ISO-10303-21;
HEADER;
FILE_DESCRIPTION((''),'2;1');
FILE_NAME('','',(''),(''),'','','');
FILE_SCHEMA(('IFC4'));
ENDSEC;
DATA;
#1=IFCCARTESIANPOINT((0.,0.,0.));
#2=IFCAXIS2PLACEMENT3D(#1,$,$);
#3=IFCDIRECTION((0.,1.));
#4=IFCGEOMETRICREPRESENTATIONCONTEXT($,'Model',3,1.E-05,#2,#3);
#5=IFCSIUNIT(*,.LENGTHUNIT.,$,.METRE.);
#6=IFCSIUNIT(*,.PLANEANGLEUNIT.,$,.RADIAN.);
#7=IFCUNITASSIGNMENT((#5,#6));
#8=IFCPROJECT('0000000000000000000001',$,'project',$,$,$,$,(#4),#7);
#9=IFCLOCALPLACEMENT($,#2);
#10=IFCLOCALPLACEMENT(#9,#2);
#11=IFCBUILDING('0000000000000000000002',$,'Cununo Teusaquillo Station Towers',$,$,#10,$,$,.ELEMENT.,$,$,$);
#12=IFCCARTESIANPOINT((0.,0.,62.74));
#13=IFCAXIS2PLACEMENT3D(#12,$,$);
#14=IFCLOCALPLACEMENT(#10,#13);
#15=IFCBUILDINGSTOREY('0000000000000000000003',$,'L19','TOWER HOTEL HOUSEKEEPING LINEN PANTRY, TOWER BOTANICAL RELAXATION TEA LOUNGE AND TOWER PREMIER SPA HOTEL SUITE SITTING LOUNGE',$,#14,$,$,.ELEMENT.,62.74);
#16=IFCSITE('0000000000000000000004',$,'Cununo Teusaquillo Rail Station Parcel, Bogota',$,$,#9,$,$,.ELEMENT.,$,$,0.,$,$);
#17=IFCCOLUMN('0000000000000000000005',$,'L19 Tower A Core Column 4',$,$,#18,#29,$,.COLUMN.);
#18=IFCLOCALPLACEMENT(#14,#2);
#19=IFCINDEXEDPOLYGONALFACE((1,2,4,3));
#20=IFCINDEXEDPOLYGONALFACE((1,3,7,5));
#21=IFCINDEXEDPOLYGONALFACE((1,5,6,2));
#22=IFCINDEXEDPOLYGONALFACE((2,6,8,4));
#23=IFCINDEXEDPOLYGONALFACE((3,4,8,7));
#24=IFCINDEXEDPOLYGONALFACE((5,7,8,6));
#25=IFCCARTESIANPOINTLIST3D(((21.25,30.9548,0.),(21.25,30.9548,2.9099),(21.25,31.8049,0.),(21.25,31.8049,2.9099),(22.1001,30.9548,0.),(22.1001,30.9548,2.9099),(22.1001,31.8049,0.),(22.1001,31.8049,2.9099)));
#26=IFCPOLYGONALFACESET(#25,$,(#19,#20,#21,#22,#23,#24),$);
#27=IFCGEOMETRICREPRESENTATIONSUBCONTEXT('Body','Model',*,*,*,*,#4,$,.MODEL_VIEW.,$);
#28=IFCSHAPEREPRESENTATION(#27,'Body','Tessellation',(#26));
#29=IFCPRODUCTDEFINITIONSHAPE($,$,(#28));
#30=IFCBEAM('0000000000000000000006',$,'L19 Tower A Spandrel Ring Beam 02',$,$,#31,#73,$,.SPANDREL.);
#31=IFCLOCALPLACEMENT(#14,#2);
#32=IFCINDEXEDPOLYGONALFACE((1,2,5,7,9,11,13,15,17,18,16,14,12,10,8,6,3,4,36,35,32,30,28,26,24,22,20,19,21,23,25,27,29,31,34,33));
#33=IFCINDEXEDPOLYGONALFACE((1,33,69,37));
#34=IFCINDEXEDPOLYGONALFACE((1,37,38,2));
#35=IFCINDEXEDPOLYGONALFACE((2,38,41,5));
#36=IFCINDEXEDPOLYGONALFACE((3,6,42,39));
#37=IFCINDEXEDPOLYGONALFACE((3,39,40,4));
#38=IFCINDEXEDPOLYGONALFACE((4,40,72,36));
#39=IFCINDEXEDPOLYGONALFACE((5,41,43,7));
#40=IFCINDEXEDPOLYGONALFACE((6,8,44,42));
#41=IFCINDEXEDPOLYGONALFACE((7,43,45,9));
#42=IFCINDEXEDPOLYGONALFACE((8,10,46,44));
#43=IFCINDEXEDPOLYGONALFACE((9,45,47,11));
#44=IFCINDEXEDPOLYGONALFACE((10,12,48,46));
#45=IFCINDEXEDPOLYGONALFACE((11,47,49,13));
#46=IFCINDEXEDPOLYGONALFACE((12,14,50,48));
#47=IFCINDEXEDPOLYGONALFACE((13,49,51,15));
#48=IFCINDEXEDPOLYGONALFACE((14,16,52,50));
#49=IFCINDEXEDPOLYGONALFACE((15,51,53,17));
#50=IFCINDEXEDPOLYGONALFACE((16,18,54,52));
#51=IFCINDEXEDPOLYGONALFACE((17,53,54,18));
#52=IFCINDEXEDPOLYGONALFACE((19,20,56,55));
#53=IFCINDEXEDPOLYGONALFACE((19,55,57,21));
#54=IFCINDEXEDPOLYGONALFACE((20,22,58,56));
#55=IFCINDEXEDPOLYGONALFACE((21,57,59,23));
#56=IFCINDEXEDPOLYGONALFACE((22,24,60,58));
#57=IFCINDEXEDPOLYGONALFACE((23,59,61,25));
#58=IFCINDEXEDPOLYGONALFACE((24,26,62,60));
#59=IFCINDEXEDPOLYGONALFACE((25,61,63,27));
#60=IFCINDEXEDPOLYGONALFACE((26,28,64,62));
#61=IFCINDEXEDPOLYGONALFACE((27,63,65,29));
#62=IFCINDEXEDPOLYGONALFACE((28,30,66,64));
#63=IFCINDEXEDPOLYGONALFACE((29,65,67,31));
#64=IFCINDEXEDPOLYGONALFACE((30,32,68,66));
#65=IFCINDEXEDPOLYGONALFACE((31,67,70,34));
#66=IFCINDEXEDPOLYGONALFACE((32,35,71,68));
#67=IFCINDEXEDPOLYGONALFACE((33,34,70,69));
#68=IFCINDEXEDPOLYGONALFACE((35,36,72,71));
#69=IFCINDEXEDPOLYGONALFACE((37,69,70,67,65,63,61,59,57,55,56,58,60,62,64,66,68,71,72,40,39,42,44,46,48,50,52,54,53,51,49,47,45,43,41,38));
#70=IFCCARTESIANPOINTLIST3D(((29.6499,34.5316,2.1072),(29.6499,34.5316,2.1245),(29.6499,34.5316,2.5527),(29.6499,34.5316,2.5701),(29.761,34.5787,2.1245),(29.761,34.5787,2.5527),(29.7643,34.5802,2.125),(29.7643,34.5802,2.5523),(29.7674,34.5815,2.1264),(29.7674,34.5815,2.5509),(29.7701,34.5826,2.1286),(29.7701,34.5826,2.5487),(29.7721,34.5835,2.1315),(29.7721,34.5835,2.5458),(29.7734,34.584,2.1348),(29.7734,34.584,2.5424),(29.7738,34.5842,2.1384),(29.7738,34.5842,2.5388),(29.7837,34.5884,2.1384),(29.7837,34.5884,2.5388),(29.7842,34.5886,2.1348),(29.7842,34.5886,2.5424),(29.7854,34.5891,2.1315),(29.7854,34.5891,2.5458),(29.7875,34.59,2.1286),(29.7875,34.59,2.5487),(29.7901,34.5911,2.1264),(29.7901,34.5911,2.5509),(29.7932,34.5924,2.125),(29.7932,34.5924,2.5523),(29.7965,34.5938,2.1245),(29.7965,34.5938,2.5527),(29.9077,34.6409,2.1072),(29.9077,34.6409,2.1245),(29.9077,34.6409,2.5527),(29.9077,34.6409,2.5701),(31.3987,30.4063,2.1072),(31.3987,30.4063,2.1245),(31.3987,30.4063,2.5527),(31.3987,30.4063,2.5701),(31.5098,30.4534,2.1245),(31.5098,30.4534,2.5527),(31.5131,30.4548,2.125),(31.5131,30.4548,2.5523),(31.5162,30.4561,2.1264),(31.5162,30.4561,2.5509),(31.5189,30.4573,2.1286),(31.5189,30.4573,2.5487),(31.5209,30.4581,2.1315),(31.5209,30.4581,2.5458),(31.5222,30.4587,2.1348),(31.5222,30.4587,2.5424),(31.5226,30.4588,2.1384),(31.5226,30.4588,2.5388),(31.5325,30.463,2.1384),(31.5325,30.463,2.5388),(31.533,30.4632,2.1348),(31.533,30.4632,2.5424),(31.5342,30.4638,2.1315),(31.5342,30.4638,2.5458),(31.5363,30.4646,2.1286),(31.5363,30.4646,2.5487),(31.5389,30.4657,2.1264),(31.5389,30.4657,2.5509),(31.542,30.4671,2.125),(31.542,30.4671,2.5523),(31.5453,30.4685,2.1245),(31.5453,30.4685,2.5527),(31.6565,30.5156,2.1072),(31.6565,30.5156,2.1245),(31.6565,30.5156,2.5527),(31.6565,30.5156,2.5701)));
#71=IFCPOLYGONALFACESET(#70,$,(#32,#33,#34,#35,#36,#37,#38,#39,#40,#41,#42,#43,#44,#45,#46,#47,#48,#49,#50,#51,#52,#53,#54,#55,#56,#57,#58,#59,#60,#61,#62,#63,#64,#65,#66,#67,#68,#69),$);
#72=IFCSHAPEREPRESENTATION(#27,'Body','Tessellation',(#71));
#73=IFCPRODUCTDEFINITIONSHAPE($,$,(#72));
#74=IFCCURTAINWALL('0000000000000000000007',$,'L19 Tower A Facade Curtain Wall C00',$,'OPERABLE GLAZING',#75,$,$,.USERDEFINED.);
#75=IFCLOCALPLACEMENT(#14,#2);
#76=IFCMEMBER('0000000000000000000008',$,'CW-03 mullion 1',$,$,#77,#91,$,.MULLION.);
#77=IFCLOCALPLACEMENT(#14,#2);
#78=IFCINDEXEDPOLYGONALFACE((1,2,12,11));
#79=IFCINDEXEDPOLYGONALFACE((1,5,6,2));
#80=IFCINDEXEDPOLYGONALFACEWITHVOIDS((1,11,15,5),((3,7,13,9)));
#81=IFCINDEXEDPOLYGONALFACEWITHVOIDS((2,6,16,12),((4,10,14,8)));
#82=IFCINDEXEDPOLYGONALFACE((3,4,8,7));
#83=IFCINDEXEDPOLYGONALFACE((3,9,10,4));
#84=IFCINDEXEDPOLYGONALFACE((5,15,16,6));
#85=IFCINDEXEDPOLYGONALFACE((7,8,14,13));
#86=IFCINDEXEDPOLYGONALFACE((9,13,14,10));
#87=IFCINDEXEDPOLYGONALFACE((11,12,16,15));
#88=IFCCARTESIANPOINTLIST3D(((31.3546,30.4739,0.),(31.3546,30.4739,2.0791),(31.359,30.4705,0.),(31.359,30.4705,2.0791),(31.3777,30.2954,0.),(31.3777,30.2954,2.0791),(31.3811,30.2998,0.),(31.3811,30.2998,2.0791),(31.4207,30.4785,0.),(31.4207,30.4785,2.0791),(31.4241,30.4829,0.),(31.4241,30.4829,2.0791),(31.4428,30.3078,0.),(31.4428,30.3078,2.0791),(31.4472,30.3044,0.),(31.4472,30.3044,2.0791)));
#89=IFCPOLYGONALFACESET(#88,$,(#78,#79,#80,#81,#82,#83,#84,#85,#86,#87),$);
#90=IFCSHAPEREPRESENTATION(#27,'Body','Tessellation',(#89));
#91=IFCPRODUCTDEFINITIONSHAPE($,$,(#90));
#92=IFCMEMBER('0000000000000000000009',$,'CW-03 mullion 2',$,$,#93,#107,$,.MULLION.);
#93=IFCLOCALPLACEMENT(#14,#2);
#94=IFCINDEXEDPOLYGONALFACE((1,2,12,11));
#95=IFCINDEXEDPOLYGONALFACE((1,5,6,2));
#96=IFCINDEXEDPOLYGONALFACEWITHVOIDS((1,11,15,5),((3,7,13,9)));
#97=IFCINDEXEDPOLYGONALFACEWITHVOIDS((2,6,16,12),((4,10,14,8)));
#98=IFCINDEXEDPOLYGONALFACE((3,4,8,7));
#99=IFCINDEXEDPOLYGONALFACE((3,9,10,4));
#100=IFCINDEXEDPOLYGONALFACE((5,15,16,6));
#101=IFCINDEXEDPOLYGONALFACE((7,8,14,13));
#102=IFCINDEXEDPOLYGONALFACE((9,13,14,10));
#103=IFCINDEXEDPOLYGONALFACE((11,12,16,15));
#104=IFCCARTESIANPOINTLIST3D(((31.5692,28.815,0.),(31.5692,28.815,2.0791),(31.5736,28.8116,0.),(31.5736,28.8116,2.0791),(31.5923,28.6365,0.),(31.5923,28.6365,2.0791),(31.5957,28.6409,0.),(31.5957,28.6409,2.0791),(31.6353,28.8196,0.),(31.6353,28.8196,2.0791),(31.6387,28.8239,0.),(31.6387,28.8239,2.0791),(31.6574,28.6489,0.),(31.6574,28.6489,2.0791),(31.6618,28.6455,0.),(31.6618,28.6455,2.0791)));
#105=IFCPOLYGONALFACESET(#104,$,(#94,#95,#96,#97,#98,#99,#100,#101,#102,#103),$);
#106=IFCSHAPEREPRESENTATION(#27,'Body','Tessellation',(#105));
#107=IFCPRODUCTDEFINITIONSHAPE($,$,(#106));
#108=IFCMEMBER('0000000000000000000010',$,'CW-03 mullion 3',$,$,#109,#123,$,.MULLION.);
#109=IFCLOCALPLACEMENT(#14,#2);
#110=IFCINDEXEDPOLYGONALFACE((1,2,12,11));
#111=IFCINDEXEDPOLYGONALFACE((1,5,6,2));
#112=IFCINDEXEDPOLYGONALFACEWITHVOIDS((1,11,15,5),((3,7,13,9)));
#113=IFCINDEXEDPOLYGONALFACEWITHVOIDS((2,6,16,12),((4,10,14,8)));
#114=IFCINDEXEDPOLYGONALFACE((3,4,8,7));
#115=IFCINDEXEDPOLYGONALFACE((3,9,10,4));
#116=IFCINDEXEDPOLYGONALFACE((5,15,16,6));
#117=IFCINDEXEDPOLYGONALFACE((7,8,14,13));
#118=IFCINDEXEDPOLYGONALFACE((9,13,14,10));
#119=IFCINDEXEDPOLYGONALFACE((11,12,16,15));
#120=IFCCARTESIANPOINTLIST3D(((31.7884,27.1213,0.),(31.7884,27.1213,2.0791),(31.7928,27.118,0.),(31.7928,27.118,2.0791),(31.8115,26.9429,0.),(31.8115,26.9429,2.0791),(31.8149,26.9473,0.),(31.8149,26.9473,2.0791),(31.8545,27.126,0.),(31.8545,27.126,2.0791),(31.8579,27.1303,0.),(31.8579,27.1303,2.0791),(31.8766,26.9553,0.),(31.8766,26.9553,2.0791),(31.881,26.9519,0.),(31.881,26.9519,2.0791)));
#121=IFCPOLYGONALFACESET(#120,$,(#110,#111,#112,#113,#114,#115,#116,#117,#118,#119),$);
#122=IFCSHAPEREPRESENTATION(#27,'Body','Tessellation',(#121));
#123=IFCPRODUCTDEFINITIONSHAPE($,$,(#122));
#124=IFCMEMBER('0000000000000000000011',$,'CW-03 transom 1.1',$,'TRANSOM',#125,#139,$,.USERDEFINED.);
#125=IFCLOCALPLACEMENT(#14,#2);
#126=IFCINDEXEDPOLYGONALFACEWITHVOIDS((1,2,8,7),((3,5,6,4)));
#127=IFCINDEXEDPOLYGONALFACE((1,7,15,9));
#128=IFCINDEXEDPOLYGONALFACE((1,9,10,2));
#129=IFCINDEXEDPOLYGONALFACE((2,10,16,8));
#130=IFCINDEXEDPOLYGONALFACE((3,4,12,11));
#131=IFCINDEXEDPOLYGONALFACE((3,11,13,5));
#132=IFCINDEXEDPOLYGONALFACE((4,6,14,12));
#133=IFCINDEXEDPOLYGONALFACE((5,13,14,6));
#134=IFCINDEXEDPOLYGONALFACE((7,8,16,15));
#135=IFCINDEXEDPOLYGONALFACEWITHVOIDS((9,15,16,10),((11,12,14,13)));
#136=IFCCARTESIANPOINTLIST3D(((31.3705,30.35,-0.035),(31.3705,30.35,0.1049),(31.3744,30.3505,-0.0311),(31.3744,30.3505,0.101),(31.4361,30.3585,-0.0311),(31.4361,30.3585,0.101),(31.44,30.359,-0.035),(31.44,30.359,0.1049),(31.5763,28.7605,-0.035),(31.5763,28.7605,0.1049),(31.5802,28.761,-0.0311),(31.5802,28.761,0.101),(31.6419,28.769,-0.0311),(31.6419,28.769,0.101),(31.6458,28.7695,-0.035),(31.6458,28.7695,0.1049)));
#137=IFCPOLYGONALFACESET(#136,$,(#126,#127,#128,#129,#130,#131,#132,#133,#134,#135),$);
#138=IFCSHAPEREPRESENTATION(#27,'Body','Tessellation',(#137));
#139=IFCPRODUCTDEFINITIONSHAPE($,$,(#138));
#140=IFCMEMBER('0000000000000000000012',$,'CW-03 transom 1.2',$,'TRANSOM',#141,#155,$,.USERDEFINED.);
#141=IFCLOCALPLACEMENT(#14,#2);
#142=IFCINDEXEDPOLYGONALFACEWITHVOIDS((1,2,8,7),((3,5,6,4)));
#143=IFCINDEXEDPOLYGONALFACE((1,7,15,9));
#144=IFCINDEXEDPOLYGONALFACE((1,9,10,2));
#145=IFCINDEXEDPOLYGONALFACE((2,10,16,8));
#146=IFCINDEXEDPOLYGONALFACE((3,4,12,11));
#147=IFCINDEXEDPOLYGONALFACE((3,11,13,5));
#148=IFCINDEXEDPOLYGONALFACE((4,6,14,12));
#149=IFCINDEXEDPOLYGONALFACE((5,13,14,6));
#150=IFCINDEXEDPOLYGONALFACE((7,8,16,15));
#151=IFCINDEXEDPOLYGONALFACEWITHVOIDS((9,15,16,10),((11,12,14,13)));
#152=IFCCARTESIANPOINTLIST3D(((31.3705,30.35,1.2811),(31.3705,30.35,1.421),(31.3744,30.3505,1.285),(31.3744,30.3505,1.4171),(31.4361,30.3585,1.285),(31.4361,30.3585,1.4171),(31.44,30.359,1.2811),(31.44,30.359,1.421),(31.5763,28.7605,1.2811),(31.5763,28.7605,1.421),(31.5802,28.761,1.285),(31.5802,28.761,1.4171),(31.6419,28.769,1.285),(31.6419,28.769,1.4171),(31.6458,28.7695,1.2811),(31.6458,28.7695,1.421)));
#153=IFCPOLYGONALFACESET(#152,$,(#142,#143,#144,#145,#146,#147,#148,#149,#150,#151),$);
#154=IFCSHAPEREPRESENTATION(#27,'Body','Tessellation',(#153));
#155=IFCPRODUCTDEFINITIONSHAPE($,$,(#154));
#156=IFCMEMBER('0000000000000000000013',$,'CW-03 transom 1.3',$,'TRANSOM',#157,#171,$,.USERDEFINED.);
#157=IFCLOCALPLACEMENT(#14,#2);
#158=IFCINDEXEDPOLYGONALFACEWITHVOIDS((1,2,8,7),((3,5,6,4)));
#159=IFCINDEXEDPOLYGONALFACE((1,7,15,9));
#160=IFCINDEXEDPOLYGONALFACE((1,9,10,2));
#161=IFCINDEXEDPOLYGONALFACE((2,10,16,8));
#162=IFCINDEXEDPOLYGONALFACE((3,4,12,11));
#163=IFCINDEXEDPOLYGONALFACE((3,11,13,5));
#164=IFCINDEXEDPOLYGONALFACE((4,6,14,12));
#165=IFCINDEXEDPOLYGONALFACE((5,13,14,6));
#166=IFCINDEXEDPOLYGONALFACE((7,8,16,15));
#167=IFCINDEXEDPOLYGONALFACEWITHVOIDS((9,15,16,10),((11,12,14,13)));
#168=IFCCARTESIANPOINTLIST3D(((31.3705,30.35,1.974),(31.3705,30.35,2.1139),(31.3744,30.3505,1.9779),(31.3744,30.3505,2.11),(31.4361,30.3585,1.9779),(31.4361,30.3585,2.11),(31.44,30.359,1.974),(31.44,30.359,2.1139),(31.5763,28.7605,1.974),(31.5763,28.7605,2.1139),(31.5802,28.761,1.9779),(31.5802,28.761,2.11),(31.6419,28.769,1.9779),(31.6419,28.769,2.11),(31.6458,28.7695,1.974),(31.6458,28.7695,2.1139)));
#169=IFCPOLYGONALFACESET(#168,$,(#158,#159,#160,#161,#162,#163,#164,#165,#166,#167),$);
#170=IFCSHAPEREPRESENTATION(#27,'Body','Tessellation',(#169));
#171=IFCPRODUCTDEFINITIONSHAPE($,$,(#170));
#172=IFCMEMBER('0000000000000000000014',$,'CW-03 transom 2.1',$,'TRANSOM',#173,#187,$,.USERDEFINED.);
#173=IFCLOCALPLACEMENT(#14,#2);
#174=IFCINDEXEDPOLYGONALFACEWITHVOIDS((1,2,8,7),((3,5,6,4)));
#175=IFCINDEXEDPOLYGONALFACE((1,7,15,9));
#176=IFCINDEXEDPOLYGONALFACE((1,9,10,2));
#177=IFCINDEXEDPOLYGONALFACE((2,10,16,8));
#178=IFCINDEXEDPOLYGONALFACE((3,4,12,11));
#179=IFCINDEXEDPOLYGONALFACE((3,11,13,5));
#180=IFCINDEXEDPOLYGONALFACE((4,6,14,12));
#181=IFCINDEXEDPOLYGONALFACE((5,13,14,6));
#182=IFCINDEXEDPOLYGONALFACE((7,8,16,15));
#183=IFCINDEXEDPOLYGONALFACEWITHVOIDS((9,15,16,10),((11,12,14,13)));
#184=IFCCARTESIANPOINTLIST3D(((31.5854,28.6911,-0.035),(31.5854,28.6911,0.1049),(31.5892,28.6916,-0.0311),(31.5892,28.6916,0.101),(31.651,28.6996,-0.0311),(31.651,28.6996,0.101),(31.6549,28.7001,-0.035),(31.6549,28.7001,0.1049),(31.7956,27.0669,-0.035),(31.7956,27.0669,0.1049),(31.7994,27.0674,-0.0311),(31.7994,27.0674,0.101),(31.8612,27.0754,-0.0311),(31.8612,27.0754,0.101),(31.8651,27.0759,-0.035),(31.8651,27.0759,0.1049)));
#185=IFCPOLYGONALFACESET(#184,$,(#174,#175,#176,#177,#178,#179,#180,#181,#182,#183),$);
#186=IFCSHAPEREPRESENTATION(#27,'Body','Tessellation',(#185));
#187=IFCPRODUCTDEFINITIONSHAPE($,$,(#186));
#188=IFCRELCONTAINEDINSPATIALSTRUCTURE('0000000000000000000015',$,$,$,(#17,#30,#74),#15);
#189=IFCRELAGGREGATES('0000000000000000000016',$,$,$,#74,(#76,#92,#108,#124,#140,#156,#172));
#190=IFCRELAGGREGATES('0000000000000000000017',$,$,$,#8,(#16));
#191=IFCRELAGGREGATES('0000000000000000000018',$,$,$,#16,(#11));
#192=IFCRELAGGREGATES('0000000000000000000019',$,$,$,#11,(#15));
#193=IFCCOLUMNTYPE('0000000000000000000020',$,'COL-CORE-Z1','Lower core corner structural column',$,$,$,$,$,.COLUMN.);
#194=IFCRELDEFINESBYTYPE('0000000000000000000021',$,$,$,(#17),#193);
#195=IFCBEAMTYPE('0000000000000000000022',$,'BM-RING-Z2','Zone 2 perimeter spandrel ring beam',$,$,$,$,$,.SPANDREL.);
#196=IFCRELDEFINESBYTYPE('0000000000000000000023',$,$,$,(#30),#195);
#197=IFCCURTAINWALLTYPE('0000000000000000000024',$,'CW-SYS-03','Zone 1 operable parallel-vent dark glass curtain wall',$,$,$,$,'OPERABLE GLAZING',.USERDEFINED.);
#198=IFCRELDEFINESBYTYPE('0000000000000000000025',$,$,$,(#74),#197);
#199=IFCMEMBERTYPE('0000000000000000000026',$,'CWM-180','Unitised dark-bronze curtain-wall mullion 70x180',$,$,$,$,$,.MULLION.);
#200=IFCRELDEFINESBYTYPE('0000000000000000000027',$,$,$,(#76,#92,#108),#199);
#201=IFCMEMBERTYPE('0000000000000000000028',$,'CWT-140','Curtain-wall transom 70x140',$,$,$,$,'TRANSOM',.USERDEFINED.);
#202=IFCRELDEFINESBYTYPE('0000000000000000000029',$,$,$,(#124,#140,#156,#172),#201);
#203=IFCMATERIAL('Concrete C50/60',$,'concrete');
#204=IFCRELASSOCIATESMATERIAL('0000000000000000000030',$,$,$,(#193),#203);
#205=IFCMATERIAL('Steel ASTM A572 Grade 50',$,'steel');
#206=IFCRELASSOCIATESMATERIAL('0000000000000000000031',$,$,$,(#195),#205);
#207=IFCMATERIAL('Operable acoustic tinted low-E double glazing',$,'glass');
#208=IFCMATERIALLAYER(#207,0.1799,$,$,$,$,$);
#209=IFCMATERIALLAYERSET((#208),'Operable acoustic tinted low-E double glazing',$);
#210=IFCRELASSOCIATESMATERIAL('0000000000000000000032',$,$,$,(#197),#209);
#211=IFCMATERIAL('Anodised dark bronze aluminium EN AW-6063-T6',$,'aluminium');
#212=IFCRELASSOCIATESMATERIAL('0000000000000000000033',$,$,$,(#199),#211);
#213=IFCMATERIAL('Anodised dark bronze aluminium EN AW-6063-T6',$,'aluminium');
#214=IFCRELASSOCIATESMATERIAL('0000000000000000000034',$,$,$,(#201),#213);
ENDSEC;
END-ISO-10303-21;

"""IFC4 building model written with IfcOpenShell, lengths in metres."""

from ifc_helpers import new_model, si_unit, direction, frame, origin, origin_2d, place, context, subcontext, project, spatial, rectangle, hollow_rectangle, i_section, extrude, material, layer, layer_set, material_profile, profile_set, type_object, element, aggregate, save


model = new_model("IFC4")

# Units and contexts
model_context = context("Model", 3, precision=1e-05, world=origin(), true_north=direction((0.0, 1.0)))
body_context = subcontext(model_context, "Body", "Model", "MODEL_VIEW")
ifc_project = project(units=[si_unit("LENGTHUNIT", "METRE"), si_unit("PLANEANGLEUNIT", "RADIAN")], contexts=[model_context])

# Site, building, storey
site_placement = place(None, origin())
site = spatial("IfcSite", under=ifc_project, at=site_placement, Name="Cununo Teusaquillo Rail Station Parcel, Bogota", CompositionType="ELEMENT", RefElevation=0.0)
building_placement = place(site_placement, origin())
building = spatial("IfcBuilding", under=site, at=building_placement, Name="Cununo Teusaquillo Station Towers", CompositionType="ELEMENT")
storey_placement = place(building_placement, frame((0.0, 0.0, 62.74)))
storey = spatial("IfcBuildingStorey", under=building, at=storey_placement, Name="L19", Description="TOWER HOTEL HOUSEKEEPING LINEN PANTRY, TOWER BOTANICAL RELAXATION TEA LOUNGE AND TOWER PREMIER SPA HOTEL SUITE SITTING LOUNGE", CompositionType="ELEMENT", Elevation=62.74)

# Column
ifc_material_1 = material(Name="Concrete C50/60", Category="concrete")
ifc_material_profile_1 = material_profile(ifc_material_1, rectangle(XDim=0.8501, YDim=0.8501, at=origin_2d()), Name="RC-RECT-850x850")
ifc_profile_set_1 = profile_set([ifc_material_profile_1], Name="Concrete C50/60")
column_type = type_object("IfcColumnType", Name="COL-CORE-Z1", Description="Lower core corner structural column", PredefinedType="COLUMN", material=ifc_profile_set_1)
column_placement = place(storey_placement, frame((21.675, 31.3799, 0.0), z_axis=(0.0, 0.0, 1.0), x_axis=(1.0, 0.0, 0.0)))
element("IfcColumn", 1, at=column_placement, inside=storey, type_object=column_type, Name="L19 Tower A Core Column 4", PredefinedType="COLUMN", context=body_context, shape_type="SweptSolid", body=[
    extrude(rectangle(XDim=0.8501, YDim=0.8501, at=origin_2d()), origin(), (0.0, 0.0, 1.0), 2.9099),
])

# Beam
ifc_material_2 = material(Name="Steel ASTM A572 Grade 50", Category="steel")
ifc_material_profile_2 = material_profile(ifc_material_2, i_section(OverallWidth=0.28, OverallDepth=0.4629, WebThickness=0.0107, FlangeThickness=0.0173, FilletRadius=0.0139, at=origin_2d()), Name="W18X76")
ifc_profile_set_2 = profile_set([ifc_material_profile_2], Name="Steel ASTM A572 Grade 50")
beam_type = type_object("IfcBeamType", Name="BM-RING-Z2", Description="Zone 2 perimeter spandrel ring beam", PredefinedType="SPANDREL", material=ifc_profile_set_2)
beam_placement = place(storey_placement, frame((31.5276, 30.4609, 2.3386), z_axis=(-0.390299, 0.920688, 0.0), x_axis=(-0.920688, -0.390299, 0.0)))
element("IfcBeam", 2, at=beam_placement, inside=storey, type_object=beam_type, Name="L19 Tower A Spandrel Ring Beam 02", PredefinedType="SPANDREL", context=body_context, shape_type="SweptSolid", body=[
    extrude(i_section(OverallWidth=0.28, OverallDepth=0.4629, WebThickness=0.0107, FlangeThickness=0.0173, FilletRadius=0.0139, at=origin_2d()), origin(), (0.0, 0.0, 1.0), 4.4807),
])

# Curtain wall, members
ifc_material_3 = material(Name="Operable acoustic tinted low-E double glazing", Category="glass")
ifc_layer_1 = layer(ifc_material_3, 0.1799)
ifc_layer_set_1 = layer_set([ifc_layer_1], Name="Operable acoustic tinted low-E double glazing")
curtain_wall_type = type_object("IfcCurtainWallType", Name="CW-SYS-03", Description="Zone 1 operable parallel-vent dark glass curtain wall", ElementType="OPERABLE GLAZING", PredefinedType="USERDEFINED", material=ifc_layer_set_1)
curtain_wall_placement = place(storey_placement, origin())
curtain_wall = element("IfcCurtainWall", 3, at=curtain_wall_placement, inside=storey, type_object=curtain_wall_type, Name="L19 Tower A Facade Curtain Wall C00", ObjectType="OPERABLE GLAZING", PredefinedType="USERDEFINED")
ifc_material_4 = material(Name="Anodised dark bronze aluminium EN AW-6063-T6", Category="aluminium")
ifc_material_profile_3 = material_profile(ifc_material_4, hollow_rectangle(XDim=0.0701, YDim=0.1799, WallThickness=0.0039, at=origin_2d()), Name="CW-MULL-70x180")
ifc_profile_set_3 = profile_set([ifc_material_profile_3], Name="Anodised dark bronze aluminium EN AW-6063-T6")
member_type_1 = type_object("IfcMemberType", Name="CWM-180", Description="Unitised dark-bronze curtain-wall mullion 70x180", PredefinedType="MULLION", material=ifc_profile_set_3)
member_1_placement = place(storey_placement, frame((31.4009, 30.3892, 0.0), z_axis=(0.0, 0.0, 1.0), x_axis=(0.991731, 0.128336, 0.0)))
member_1 = element("IfcMember", 4, at=member_1_placement, type_object=member_type_1, Name="CW-03 mullion 1", PredefinedType="MULLION", context=body_context, shape_type="SweptSolid", body=[
    extrude(hollow_rectangle(XDim=0.0701, YDim=0.1799, WallThickness=0.0039, at=origin_2d()), origin(), (0.0, 0.0, 1.0), 2.0791),
])
member_2_placement = place(storey_placement, frame((31.6155, 28.7302, 0.0), z_axis=(0.0, 0.0, 1.0), x_axis=(0.991731, 0.128336, 0.0)))
member_2 = element("IfcMember", 5, at=member_2_placement, type_object=member_type_1, Name="CW-03 mullion 2", PredefinedType="MULLION", context=body_context, shape_type="SweptSolid", body=[
    extrude(hollow_rectangle(XDim=0.0701, YDim=0.1799, WallThickness=0.0039, at=origin_2d()), origin(), (0.0, 0.0, 1.0), 2.0791),
])
member_3_placement = place(storey_placement, frame((31.8347, 27.0366, 0.0), z_axis=(0.0, 0.0, 1.0), x_axis=(0.991731, 0.128336, 0.0)))
member_3 = element("IfcMember", 6, at=member_3_placement, type_object=member_type_1, Name="CW-03 mullion 3", PredefinedType="MULLION", context=body_context, shape_type="SweptSolid", body=[
    extrude(hollow_rectangle(XDim=0.0701, YDim=0.1799, WallThickness=0.0039, at=origin_2d()), origin(), (0.0, 0.0, 1.0), 2.0791),
])
ifc_material_5 = material(Name="Anodised dark bronze aluminium EN AW-6063-T6", Category="aluminium")
ifc_material_profile_4 = material_profile(ifc_material_5, hollow_rectangle(XDim=0.0701, YDim=0.1399, WallThickness=0.0039, at=origin_2d()), Name="CW-TRAN-70x140")
ifc_profile_set_4 = profile_set([ifc_material_profile_4], Name="Anodised dark bronze aluminium EN AW-6063-T6")
member_type_2 = type_object("IfcMemberType", Name="CWT-140", Description="Curtain-wall transom 70x140", ElementType="TRANSOM", PredefinedType="USERDEFINED", material=ifc_profile_set_4)
member_4_placement = place(storey_placement, frame((31.4053, 30.3545, 0.0349), z_axis=(0.128401, -0.991722, 0.0), x_axis=(0.991722, 0.128401, 0.0)))
member_4 = element("IfcMember", 7, at=member_4_placement, type_object=member_type_2, Name="CW-03 transom 1.1", ObjectType="TRANSOM", PredefinedType="USERDEFINED", context=body_context, shape_type="SweptSolid", body=[
    extrude(hollow_rectangle(XDim=0.0701, YDim=0.1399, WallThickness=0.0039, at=origin_2d()), origin(), (0.0, 0.0, 1.0), 1.6028),
])
member_5_placement = place(storey_placement, frame((31.4053, 30.3545, 1.3511), z_axis=(0.128401, -0.991722, 0.0), x_axis=(0.991722, 0.128401, 0.0)))
member_5 = element("IfcMember", 8, at=member_5_placement, type_object=member_type_2, Name="CW-03 transom 1.2", ObjectType="TRANSOM", PredefinedType="USERDEFINED", context=body_context, shape_type="SweptSolid", body=[
    extrude(hollow_rectangle(XDim=0.0701, YDim=0.1399, WallThickness=0.0039, at=origin_2d()), origin(), (0.0, 0.0, 1.0), 1.6028),
])
member_6_placement = place(storey_placement, frame((31.4053, 30.3545, 2.0439), z_axis=(0.128401, -0.991722, 0.0), x_axis=(0.991722, 0.128401, 0.0)))
member_6 = element("IfcMember", 9, at=member_6_placement, type_object=member_type_2, Name="CW-03 transom 1.3", ObjectType="TRANSOM", PredefinedType="USERDEFINED", context=body_context, shape_type="SweptSolid", body=[
    extrude(hollow_rectangle(XDim=0.0701, YDim=0.1399, WallThickness=0.0039, at=origin_2d()), origin(), (0.0, 0.0, 1.0), 1.6028),
])
member_7_placement = place(storey_placement, frame((31.6201, 28.6956, 0.0349), z_axis=(0.128345, -0.99173, 0.0), x_axis=(0.99173, 0.128345, 0.0)))
member_7 = element("IfcMember", 10, at=member_7_placement, type_object=member_type_2, Name="CW-03 transom 2.1", ObjectType="TRANSOM", PredefinedType="USERDEFINED", context=body_context, shape_type="SweptSolid", body=[
    extrude(hollow_rectangle(XDim=0.0701, YDim=0.1399, WallThickness=0.0039, at=origin_2d()), origin(), (0.0, 0.0, 1.0), 1.6377),
])
aggregate(curtain_wall, [member_1, member_2, member_3, member_4, member_5, member_6, member_7])

save(model, "model.ifc")
